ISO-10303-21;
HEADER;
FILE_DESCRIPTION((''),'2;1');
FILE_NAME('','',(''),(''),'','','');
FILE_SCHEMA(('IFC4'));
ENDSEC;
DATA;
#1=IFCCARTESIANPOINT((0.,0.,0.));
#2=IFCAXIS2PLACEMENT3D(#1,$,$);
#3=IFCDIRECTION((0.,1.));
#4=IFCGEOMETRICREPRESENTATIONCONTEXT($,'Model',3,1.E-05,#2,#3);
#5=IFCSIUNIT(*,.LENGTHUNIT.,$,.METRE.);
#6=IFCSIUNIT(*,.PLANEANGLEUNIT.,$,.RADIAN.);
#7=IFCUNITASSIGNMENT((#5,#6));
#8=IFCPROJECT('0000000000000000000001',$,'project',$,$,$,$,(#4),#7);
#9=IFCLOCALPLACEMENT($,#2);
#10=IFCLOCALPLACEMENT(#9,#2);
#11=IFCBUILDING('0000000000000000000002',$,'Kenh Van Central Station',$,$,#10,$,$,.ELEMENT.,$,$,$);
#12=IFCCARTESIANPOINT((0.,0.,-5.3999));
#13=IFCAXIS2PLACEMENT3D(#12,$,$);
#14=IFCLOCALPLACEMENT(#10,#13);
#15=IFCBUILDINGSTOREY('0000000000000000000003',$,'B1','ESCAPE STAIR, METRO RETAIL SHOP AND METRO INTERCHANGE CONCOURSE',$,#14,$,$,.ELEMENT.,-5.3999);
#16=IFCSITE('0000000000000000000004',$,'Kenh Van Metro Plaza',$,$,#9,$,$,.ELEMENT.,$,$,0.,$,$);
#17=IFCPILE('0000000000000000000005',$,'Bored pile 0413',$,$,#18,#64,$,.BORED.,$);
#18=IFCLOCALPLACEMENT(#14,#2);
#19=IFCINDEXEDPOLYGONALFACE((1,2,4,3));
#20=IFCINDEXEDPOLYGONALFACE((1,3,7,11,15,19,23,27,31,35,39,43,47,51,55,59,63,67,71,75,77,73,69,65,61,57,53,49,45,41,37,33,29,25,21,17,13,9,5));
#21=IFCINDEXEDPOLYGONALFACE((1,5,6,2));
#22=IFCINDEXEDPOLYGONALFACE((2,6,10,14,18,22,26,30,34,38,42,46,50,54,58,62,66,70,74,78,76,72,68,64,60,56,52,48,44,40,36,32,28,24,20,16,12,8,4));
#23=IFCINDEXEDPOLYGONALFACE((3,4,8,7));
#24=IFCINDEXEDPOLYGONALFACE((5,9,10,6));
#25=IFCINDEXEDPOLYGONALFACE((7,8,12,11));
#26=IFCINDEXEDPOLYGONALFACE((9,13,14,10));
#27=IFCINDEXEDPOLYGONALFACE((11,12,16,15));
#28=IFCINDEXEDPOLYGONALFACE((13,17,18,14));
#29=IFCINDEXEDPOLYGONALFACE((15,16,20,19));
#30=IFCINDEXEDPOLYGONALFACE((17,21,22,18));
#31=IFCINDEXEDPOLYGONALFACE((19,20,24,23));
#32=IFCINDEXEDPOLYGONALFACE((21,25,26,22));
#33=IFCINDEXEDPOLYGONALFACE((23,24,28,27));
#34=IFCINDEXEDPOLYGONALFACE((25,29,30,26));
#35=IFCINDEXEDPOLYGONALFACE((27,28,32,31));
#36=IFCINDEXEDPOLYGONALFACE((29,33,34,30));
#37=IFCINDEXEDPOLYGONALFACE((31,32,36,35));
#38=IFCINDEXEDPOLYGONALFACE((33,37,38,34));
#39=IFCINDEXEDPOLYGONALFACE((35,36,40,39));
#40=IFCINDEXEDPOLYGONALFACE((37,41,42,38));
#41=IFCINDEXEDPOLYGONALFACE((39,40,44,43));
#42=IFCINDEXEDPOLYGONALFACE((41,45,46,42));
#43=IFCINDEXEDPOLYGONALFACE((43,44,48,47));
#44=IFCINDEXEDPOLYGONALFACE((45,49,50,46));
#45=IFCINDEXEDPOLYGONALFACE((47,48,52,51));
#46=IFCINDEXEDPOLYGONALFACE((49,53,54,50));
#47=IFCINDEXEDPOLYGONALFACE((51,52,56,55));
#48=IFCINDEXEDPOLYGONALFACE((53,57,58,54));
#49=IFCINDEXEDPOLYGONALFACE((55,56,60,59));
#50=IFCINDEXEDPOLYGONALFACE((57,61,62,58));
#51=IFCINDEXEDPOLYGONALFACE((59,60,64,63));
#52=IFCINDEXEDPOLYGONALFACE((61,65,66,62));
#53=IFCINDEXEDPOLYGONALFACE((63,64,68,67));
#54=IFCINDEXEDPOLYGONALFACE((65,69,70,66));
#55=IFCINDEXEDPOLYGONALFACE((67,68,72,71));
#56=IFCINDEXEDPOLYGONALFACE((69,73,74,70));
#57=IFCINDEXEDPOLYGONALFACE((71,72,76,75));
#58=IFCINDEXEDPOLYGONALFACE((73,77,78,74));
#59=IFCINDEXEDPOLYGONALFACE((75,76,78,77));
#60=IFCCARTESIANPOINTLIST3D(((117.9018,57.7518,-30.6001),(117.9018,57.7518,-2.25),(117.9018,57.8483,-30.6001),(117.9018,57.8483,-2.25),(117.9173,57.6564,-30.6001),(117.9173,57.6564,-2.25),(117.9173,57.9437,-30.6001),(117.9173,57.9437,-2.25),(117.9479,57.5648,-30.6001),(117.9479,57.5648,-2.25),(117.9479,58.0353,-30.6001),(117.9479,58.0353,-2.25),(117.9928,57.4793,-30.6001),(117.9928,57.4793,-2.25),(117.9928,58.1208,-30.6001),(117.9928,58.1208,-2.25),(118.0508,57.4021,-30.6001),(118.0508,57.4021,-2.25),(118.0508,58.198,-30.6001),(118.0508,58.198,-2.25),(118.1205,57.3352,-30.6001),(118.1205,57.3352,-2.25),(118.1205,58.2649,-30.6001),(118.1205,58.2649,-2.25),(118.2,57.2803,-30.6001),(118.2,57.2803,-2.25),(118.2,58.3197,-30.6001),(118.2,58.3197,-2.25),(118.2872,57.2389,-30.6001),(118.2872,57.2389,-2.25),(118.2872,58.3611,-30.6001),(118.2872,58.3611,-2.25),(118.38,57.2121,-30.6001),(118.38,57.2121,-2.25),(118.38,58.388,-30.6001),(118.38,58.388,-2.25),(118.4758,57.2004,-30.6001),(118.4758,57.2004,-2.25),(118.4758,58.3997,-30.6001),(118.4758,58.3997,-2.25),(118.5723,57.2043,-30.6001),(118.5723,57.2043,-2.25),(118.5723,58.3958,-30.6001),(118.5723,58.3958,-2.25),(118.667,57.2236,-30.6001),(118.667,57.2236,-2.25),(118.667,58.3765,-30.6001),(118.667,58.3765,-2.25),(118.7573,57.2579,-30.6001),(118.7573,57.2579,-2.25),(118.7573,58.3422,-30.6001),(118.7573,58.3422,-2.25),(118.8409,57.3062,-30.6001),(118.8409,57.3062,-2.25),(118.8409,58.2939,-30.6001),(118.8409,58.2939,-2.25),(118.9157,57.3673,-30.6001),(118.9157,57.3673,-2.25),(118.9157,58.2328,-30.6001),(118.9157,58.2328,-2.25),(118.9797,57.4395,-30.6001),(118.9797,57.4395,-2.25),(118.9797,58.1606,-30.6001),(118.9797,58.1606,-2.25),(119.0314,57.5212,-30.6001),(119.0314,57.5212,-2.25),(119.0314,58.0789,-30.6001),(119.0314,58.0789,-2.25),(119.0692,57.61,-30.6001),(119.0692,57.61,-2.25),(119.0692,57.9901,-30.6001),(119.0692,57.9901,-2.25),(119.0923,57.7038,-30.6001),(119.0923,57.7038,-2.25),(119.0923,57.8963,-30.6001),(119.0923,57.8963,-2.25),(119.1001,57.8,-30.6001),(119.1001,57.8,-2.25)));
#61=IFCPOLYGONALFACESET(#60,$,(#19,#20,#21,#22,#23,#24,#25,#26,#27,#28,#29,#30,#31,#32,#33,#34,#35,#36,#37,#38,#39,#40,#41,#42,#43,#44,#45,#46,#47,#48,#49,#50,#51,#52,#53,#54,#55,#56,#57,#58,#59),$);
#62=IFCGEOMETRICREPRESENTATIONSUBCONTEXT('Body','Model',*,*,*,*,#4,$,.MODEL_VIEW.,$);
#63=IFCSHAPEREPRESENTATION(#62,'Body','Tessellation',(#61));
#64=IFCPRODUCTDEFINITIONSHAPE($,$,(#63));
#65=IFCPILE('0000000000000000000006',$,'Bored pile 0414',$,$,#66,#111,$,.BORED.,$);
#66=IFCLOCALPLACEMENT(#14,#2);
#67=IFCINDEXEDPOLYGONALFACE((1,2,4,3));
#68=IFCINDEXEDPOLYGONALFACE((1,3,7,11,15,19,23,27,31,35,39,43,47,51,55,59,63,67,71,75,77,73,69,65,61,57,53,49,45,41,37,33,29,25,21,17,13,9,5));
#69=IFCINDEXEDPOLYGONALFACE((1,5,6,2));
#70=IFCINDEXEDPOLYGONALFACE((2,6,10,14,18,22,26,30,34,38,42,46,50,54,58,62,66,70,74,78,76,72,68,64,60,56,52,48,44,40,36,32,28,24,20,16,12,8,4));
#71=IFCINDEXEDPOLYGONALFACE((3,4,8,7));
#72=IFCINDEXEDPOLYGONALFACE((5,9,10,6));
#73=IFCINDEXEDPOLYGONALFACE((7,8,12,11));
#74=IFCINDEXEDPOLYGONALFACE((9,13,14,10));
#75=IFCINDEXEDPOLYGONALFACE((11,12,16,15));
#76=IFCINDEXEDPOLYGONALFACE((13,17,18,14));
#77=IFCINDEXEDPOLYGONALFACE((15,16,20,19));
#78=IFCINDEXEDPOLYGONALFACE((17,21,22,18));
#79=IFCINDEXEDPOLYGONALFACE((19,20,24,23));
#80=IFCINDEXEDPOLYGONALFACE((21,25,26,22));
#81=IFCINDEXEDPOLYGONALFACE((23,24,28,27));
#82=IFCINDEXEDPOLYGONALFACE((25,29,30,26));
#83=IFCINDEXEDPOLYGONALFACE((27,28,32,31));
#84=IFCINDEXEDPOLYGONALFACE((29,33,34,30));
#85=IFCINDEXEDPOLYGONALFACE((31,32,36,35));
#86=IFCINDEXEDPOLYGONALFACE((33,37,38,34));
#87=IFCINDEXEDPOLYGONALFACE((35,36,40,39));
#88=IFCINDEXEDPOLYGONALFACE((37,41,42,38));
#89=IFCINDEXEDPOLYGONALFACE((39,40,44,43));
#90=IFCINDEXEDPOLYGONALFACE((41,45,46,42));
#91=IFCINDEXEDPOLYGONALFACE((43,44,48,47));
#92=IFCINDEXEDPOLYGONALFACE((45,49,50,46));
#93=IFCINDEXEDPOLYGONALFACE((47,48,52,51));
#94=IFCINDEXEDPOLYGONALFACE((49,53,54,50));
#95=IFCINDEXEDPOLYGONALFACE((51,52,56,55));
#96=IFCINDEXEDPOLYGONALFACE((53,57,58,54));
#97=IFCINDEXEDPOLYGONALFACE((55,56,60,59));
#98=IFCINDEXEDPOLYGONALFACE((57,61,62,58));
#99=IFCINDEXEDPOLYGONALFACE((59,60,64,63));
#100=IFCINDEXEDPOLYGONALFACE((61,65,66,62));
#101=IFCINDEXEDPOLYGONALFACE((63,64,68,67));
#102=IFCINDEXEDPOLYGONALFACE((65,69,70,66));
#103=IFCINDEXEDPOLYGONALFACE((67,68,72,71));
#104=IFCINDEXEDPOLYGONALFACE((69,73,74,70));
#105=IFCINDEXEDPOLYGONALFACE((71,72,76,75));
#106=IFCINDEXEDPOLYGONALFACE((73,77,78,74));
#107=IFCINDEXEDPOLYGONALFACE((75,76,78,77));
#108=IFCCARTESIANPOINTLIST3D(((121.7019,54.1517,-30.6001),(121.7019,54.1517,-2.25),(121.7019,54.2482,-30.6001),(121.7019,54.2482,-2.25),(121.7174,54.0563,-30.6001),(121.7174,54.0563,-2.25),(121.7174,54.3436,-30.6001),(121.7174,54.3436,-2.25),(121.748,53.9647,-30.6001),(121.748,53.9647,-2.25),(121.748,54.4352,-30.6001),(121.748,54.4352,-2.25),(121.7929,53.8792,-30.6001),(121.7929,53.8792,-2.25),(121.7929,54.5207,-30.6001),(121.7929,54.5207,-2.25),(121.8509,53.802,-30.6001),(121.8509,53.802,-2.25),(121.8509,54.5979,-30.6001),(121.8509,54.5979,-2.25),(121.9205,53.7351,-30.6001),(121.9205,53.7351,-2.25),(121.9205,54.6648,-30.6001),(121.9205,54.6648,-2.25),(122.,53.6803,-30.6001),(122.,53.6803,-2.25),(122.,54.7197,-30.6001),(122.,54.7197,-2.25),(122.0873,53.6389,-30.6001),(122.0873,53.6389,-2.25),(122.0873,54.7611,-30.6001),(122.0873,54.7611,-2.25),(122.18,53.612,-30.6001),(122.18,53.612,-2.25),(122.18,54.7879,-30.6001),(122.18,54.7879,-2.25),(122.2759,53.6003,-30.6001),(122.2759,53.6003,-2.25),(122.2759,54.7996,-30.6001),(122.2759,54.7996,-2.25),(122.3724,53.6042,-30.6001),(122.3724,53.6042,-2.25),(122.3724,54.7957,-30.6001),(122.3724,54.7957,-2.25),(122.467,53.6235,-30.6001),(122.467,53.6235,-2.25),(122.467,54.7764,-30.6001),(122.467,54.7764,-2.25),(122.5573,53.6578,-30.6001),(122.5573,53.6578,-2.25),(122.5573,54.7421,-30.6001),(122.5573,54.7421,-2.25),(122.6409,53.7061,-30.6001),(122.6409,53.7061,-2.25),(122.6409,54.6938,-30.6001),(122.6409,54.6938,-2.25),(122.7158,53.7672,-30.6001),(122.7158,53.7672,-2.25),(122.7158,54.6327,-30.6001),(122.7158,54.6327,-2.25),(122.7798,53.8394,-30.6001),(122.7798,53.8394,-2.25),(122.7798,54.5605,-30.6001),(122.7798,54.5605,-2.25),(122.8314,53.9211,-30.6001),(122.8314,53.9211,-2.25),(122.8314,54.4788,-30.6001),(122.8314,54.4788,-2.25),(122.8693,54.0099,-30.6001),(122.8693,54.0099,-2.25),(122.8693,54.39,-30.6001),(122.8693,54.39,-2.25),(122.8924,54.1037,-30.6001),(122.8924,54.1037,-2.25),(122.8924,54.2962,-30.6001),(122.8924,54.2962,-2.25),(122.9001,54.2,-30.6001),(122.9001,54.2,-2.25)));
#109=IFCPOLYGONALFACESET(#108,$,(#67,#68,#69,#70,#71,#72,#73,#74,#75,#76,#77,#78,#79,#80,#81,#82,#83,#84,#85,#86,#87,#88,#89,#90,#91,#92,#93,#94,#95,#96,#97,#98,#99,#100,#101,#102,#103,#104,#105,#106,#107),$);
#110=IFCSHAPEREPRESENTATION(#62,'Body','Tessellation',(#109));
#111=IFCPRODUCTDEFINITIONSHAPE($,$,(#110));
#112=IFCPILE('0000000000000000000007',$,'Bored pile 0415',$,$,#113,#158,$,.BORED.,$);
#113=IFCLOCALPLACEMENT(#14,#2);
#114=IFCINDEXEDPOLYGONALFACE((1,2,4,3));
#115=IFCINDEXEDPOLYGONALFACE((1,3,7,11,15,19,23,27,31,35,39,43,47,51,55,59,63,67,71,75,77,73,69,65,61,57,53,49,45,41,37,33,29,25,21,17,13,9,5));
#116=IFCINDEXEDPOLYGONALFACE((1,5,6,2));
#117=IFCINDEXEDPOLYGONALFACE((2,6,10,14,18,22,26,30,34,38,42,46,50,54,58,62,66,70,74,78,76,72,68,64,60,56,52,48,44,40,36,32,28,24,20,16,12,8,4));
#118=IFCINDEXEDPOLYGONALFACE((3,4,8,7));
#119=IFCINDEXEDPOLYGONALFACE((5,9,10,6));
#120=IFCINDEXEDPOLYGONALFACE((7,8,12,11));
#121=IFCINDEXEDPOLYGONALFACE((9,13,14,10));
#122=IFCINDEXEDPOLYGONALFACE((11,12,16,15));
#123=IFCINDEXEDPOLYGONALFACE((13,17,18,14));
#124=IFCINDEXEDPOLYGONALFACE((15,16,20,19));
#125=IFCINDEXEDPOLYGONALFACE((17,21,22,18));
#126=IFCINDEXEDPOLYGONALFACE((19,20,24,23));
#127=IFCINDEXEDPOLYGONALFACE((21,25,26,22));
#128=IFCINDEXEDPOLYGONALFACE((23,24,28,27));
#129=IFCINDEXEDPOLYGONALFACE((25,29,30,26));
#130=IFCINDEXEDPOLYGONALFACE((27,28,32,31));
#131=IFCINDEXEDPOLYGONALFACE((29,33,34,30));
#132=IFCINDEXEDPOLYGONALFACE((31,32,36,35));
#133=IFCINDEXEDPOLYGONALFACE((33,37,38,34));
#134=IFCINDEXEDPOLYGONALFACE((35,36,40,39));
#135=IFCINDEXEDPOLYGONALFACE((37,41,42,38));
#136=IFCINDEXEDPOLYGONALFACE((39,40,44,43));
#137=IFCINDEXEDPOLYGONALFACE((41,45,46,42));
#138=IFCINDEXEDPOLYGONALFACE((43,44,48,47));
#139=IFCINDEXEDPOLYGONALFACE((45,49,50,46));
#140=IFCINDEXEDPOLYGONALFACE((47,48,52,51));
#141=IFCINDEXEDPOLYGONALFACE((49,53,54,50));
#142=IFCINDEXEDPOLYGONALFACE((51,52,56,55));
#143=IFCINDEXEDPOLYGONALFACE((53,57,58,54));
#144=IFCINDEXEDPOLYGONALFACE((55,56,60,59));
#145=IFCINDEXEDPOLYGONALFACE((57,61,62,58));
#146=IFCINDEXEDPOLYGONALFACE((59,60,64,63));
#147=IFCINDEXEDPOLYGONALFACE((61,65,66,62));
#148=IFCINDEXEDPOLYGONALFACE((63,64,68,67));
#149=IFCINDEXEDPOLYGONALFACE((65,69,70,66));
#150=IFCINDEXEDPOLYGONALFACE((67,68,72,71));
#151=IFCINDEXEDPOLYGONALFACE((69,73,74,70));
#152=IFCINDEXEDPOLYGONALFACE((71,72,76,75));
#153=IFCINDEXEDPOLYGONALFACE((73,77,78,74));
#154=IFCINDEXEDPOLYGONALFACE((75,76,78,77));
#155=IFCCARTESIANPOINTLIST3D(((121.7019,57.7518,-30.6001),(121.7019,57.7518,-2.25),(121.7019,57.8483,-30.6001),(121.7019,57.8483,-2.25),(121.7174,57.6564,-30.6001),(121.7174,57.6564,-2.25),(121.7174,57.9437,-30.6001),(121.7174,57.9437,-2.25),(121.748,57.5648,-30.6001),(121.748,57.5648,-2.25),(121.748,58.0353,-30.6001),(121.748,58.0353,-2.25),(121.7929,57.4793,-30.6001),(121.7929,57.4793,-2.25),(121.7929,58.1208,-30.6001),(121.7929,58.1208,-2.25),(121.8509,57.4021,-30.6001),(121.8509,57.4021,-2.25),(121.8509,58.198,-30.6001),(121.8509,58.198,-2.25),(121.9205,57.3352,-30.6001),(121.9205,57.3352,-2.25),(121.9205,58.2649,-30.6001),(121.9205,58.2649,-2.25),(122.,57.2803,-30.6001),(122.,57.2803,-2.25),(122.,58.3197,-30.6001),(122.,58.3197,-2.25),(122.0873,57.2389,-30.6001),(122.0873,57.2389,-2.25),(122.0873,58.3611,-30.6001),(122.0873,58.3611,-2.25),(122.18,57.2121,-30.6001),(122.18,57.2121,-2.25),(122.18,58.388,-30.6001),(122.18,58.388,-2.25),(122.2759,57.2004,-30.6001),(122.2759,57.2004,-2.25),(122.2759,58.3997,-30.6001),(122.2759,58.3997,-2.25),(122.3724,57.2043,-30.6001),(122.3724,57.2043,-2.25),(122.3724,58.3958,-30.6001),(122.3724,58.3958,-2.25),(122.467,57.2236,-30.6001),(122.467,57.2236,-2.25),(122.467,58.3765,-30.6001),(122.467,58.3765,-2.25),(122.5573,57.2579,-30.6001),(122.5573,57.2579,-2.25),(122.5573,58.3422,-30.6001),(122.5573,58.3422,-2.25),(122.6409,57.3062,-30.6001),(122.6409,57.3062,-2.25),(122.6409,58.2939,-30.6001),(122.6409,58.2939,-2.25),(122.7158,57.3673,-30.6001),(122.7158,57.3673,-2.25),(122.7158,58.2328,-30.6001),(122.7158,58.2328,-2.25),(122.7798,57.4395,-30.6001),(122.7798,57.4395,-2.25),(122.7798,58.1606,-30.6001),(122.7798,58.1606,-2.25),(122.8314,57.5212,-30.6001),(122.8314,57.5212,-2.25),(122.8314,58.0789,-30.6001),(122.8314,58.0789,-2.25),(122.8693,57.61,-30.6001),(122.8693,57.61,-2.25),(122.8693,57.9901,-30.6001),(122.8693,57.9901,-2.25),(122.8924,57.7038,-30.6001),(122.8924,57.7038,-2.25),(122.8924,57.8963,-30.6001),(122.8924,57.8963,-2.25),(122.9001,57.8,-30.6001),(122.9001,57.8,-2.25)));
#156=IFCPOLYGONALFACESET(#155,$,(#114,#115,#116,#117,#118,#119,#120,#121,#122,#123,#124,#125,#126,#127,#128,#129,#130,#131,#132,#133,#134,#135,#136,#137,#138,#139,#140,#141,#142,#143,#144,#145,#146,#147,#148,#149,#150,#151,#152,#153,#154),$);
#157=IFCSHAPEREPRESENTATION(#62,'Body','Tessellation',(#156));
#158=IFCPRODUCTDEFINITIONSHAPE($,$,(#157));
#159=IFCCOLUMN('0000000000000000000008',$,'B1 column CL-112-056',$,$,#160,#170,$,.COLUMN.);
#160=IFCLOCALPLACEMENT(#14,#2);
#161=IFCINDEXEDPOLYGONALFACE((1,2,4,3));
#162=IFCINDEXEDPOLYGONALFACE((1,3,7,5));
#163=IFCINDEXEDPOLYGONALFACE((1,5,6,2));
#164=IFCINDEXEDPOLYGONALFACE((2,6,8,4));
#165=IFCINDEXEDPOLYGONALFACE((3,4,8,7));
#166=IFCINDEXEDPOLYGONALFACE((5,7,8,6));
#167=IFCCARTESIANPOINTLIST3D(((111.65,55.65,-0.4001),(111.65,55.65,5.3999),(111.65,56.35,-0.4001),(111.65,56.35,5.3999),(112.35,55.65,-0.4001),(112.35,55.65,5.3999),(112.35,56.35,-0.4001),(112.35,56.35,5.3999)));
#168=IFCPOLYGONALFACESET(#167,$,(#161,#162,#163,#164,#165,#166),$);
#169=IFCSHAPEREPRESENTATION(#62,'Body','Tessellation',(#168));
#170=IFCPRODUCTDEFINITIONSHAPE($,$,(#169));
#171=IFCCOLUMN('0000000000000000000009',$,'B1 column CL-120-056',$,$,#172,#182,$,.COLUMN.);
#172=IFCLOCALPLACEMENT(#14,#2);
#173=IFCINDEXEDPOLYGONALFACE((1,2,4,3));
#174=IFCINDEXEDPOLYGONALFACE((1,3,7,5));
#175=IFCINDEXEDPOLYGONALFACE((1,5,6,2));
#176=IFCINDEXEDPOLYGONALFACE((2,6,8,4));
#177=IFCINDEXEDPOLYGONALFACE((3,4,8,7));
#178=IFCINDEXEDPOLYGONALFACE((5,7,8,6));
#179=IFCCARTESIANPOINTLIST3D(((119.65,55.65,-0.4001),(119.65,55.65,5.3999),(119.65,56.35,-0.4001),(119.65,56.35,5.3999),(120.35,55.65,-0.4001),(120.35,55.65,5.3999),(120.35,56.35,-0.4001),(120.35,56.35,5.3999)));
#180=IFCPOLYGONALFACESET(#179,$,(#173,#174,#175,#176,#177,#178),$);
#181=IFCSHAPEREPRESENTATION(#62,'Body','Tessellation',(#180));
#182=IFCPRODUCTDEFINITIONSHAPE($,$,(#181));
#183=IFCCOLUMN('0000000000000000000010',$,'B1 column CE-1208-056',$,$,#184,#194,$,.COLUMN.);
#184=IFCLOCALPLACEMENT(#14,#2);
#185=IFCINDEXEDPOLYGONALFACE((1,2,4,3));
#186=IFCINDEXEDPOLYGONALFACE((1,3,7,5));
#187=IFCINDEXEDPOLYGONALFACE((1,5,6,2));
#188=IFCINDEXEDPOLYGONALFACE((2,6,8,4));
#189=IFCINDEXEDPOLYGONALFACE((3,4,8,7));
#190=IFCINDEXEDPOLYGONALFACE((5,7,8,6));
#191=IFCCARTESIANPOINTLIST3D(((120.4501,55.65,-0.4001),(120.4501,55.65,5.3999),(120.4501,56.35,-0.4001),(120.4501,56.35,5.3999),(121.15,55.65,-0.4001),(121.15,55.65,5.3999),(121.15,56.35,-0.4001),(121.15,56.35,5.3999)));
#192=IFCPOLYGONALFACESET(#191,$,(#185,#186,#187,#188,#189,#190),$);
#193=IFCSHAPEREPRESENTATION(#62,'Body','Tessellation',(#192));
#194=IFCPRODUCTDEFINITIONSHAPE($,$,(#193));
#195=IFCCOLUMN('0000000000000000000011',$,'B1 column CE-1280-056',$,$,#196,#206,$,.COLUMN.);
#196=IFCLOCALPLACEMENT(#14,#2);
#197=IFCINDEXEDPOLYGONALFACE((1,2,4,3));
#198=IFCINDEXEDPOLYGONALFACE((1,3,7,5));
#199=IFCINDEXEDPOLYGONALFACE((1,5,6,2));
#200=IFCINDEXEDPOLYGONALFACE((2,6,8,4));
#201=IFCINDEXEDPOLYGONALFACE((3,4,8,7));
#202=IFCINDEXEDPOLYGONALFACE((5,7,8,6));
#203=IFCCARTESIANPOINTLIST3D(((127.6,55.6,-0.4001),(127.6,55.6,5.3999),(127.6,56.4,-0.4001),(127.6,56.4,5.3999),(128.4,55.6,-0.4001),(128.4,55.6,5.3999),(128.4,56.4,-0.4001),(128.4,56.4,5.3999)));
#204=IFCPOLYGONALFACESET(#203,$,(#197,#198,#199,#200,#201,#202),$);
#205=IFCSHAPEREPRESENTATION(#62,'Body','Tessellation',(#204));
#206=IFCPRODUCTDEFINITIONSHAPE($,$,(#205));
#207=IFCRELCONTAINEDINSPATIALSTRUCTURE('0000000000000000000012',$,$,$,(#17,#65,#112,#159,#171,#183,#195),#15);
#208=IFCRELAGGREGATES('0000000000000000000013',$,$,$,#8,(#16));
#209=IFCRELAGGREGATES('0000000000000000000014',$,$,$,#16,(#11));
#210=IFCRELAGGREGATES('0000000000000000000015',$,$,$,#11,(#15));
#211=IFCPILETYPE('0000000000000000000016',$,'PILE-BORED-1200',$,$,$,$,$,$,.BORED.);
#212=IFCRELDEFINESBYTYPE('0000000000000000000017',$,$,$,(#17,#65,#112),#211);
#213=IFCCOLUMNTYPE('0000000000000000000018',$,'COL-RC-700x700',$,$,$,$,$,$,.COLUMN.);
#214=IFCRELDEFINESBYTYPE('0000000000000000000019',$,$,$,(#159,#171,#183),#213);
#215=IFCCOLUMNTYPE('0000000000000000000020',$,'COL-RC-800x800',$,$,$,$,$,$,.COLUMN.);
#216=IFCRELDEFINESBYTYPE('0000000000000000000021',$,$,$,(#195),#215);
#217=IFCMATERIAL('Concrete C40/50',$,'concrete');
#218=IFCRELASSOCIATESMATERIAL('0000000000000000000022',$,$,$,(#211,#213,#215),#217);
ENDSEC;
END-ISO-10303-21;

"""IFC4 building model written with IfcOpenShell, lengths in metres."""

from ifc_helpers import new_model, si_unit, direction, frame, origin, origin_2d, place, context, subcontext, project, spatial, rectangle, circle, extrude, material, material_profile, profile_set, type_object, element, save


model = new_model("IFC4")

# Units and contexts
model_context = context("Model", 3, precision=1e-05, world=origin(), true_north=direction((0.0, 1.0)))
body_context = subcontext(model_context, "Body", "Model", "MODEL_VIEW")
ifc_project = project(units=[si_unit("LENGTHUNIT", "METRE"), si_unit("PLANEANGLEUNIT", "RADIAN")], contexts=[model_context])

# Site, building, storey
site_placement = place(None, origin())
site = spatial("IfcSite", under=ifc_project, at=site_placement, Name="Kenh Van Metro Plaza", CompositionType="ELEMENT", RefElevation=0.0)
building_placement = place(site_placement, origin())
building = spatial("IfcBuilding", under=site, at=building_placement, Name="Kenh Van Central Station", CompositionType="ELEMENT")
storey_placement = place(building_placement, frame((0.0, 0.0, -5.3999)))
storey = spatial("IfcBuildingStorey", under=building, at=storey_placement, Name="B1", Description="ESCAPE STAIR, METRO RETAIL SHOP AND METRO INTERCHANGE CONCOURSE", CompositionType="ELEMENT", Elevation=-5.3999)

# Shared definitions
ifc_material_1 = material(Name="Concrete C40/50", Category="concrete")

# Piles
ifc_material_profile_1 = material_profile(ifc_material_1, circle(Radius=0.6001, at=origin_2d()), Name="PILE D1200")
ifc_profile_set_1 = profile_set([ifc_material_profile_1], Name="Concrete C40/50")
pile_type_1 = type_object("IfcPileType", Name="PILE-BORED-1200", PredefinedType="BORED", material=ifc_profile_set_1)
for number, where, z_axis, x_axis, name in (
    (1, (118.5, 57.8, -2.25), (0.0, 0.0, -1.0), (1.0, 0.0, 0.0), "Bored pile 0413"),
    (2, (122.3, 54.2, -2.25), (0.0, 0.0, -1.0), (1.0, 0.0, 0.0), "Bored pile 0414"),
    (3, (122.3, 57.8, -2.25), (0.0, 0.0, -1.0), (1.0, 0.0, 0.0), "Bored pile 0415"),
):
    element("IfcPile", number, at=place(storey_placement, frame(where, z_axis=z_axis, x_axis=x_axis)), inside=storey, type_object=pile_type_1, Name=name, PredefinedType="BORED", context=body_context, shape_type="SweptSolid", body=[
        extrude(circle(Radius=0.6001, at=origin_2d()), origin(), (0.0, 0.0, 1.0), 28.3501),
    ])

# Columns
ifc_material_profile_2 = material_profile(ifc_material_1, rectangle(XDim=0.7, YDim=0.7, at=origin_2d()), Name="RC 700x700")
ifc_profile_set_2 = profile_set([ifc_material_profile_2], Name="Concrete C40/50")
column_type_1 = type_object("IfcColumnType", Name="COL-RC-700x700", PredefinedType="COLUMN", material=ifc_profile_set_2)
for number, where, z_axis, x_axis, name in (
    (4, (112.0, 56.0, -0.4001), (0.0, 0.0, 1.0), (1.0, 0.0, 0.0), "B1 column CL-112-056"),
    (5, (120.0, 56.0, -0.4001), (0.0, 0.0, 1.0), (1.0, 0.0, 0.0), "B1 column CL-120-056"),
    (6, (120.8, 56.0, -0.4001), (0.0, 0.0, 1.0), (1.0, 0.0, 0.0), "B1 column CE-1208-056"),
):
    element("IfcColumn", number, at=place(storey_placement, frame(where, z_axis=z_axis, x_axis=x_axis)), inside=storey, type_object=column_type_1, Name=name, PredefinedType="COLUMN", context=body_context, shape_type="SweptSolid", body=[
        extrude(rectangle(XDim=0.7, YDim=0.7, at=origin_2d()), origin(), (0.0, 0.0, 1.0), 5.8),
    ])
ifc_material_profile_3 = material_profile(ifc_material_1, rectangle(XDim=0.8, YDim=0.8, at=origin_2d()), Name="RC 800x800")
ifc_profile_set_3 = profile_set([ifc_material_profile_3], Name="Concrete C40/50")
column_type_2 = type_object("IfcColumnType", Name="COL-RC-800x800", PredefinedType="COLUMN", material=ifc_profile_set_3)
column_placement = place(storey_placement, frame((128.0, 56.0, -0.4001), z_axis=(0.0, 0.0, 1.0), x_axis=(1.0, 0.0, 0.0)))
element("IfcColumn", 7, at=column_placement, inside=storey, type_object=column_type_2, Name="B1 column CE-1280-056", PredefinedType="COLUMN", context=body_context, shape_type="SweptSolid", body=[
    extrude(rectangle(XDim=0.8, YDim=0.8, at=origin_2d()), origin(), (0.0, 0.0, 1.0), 5.8),
])

save(model, "model.ifc")
